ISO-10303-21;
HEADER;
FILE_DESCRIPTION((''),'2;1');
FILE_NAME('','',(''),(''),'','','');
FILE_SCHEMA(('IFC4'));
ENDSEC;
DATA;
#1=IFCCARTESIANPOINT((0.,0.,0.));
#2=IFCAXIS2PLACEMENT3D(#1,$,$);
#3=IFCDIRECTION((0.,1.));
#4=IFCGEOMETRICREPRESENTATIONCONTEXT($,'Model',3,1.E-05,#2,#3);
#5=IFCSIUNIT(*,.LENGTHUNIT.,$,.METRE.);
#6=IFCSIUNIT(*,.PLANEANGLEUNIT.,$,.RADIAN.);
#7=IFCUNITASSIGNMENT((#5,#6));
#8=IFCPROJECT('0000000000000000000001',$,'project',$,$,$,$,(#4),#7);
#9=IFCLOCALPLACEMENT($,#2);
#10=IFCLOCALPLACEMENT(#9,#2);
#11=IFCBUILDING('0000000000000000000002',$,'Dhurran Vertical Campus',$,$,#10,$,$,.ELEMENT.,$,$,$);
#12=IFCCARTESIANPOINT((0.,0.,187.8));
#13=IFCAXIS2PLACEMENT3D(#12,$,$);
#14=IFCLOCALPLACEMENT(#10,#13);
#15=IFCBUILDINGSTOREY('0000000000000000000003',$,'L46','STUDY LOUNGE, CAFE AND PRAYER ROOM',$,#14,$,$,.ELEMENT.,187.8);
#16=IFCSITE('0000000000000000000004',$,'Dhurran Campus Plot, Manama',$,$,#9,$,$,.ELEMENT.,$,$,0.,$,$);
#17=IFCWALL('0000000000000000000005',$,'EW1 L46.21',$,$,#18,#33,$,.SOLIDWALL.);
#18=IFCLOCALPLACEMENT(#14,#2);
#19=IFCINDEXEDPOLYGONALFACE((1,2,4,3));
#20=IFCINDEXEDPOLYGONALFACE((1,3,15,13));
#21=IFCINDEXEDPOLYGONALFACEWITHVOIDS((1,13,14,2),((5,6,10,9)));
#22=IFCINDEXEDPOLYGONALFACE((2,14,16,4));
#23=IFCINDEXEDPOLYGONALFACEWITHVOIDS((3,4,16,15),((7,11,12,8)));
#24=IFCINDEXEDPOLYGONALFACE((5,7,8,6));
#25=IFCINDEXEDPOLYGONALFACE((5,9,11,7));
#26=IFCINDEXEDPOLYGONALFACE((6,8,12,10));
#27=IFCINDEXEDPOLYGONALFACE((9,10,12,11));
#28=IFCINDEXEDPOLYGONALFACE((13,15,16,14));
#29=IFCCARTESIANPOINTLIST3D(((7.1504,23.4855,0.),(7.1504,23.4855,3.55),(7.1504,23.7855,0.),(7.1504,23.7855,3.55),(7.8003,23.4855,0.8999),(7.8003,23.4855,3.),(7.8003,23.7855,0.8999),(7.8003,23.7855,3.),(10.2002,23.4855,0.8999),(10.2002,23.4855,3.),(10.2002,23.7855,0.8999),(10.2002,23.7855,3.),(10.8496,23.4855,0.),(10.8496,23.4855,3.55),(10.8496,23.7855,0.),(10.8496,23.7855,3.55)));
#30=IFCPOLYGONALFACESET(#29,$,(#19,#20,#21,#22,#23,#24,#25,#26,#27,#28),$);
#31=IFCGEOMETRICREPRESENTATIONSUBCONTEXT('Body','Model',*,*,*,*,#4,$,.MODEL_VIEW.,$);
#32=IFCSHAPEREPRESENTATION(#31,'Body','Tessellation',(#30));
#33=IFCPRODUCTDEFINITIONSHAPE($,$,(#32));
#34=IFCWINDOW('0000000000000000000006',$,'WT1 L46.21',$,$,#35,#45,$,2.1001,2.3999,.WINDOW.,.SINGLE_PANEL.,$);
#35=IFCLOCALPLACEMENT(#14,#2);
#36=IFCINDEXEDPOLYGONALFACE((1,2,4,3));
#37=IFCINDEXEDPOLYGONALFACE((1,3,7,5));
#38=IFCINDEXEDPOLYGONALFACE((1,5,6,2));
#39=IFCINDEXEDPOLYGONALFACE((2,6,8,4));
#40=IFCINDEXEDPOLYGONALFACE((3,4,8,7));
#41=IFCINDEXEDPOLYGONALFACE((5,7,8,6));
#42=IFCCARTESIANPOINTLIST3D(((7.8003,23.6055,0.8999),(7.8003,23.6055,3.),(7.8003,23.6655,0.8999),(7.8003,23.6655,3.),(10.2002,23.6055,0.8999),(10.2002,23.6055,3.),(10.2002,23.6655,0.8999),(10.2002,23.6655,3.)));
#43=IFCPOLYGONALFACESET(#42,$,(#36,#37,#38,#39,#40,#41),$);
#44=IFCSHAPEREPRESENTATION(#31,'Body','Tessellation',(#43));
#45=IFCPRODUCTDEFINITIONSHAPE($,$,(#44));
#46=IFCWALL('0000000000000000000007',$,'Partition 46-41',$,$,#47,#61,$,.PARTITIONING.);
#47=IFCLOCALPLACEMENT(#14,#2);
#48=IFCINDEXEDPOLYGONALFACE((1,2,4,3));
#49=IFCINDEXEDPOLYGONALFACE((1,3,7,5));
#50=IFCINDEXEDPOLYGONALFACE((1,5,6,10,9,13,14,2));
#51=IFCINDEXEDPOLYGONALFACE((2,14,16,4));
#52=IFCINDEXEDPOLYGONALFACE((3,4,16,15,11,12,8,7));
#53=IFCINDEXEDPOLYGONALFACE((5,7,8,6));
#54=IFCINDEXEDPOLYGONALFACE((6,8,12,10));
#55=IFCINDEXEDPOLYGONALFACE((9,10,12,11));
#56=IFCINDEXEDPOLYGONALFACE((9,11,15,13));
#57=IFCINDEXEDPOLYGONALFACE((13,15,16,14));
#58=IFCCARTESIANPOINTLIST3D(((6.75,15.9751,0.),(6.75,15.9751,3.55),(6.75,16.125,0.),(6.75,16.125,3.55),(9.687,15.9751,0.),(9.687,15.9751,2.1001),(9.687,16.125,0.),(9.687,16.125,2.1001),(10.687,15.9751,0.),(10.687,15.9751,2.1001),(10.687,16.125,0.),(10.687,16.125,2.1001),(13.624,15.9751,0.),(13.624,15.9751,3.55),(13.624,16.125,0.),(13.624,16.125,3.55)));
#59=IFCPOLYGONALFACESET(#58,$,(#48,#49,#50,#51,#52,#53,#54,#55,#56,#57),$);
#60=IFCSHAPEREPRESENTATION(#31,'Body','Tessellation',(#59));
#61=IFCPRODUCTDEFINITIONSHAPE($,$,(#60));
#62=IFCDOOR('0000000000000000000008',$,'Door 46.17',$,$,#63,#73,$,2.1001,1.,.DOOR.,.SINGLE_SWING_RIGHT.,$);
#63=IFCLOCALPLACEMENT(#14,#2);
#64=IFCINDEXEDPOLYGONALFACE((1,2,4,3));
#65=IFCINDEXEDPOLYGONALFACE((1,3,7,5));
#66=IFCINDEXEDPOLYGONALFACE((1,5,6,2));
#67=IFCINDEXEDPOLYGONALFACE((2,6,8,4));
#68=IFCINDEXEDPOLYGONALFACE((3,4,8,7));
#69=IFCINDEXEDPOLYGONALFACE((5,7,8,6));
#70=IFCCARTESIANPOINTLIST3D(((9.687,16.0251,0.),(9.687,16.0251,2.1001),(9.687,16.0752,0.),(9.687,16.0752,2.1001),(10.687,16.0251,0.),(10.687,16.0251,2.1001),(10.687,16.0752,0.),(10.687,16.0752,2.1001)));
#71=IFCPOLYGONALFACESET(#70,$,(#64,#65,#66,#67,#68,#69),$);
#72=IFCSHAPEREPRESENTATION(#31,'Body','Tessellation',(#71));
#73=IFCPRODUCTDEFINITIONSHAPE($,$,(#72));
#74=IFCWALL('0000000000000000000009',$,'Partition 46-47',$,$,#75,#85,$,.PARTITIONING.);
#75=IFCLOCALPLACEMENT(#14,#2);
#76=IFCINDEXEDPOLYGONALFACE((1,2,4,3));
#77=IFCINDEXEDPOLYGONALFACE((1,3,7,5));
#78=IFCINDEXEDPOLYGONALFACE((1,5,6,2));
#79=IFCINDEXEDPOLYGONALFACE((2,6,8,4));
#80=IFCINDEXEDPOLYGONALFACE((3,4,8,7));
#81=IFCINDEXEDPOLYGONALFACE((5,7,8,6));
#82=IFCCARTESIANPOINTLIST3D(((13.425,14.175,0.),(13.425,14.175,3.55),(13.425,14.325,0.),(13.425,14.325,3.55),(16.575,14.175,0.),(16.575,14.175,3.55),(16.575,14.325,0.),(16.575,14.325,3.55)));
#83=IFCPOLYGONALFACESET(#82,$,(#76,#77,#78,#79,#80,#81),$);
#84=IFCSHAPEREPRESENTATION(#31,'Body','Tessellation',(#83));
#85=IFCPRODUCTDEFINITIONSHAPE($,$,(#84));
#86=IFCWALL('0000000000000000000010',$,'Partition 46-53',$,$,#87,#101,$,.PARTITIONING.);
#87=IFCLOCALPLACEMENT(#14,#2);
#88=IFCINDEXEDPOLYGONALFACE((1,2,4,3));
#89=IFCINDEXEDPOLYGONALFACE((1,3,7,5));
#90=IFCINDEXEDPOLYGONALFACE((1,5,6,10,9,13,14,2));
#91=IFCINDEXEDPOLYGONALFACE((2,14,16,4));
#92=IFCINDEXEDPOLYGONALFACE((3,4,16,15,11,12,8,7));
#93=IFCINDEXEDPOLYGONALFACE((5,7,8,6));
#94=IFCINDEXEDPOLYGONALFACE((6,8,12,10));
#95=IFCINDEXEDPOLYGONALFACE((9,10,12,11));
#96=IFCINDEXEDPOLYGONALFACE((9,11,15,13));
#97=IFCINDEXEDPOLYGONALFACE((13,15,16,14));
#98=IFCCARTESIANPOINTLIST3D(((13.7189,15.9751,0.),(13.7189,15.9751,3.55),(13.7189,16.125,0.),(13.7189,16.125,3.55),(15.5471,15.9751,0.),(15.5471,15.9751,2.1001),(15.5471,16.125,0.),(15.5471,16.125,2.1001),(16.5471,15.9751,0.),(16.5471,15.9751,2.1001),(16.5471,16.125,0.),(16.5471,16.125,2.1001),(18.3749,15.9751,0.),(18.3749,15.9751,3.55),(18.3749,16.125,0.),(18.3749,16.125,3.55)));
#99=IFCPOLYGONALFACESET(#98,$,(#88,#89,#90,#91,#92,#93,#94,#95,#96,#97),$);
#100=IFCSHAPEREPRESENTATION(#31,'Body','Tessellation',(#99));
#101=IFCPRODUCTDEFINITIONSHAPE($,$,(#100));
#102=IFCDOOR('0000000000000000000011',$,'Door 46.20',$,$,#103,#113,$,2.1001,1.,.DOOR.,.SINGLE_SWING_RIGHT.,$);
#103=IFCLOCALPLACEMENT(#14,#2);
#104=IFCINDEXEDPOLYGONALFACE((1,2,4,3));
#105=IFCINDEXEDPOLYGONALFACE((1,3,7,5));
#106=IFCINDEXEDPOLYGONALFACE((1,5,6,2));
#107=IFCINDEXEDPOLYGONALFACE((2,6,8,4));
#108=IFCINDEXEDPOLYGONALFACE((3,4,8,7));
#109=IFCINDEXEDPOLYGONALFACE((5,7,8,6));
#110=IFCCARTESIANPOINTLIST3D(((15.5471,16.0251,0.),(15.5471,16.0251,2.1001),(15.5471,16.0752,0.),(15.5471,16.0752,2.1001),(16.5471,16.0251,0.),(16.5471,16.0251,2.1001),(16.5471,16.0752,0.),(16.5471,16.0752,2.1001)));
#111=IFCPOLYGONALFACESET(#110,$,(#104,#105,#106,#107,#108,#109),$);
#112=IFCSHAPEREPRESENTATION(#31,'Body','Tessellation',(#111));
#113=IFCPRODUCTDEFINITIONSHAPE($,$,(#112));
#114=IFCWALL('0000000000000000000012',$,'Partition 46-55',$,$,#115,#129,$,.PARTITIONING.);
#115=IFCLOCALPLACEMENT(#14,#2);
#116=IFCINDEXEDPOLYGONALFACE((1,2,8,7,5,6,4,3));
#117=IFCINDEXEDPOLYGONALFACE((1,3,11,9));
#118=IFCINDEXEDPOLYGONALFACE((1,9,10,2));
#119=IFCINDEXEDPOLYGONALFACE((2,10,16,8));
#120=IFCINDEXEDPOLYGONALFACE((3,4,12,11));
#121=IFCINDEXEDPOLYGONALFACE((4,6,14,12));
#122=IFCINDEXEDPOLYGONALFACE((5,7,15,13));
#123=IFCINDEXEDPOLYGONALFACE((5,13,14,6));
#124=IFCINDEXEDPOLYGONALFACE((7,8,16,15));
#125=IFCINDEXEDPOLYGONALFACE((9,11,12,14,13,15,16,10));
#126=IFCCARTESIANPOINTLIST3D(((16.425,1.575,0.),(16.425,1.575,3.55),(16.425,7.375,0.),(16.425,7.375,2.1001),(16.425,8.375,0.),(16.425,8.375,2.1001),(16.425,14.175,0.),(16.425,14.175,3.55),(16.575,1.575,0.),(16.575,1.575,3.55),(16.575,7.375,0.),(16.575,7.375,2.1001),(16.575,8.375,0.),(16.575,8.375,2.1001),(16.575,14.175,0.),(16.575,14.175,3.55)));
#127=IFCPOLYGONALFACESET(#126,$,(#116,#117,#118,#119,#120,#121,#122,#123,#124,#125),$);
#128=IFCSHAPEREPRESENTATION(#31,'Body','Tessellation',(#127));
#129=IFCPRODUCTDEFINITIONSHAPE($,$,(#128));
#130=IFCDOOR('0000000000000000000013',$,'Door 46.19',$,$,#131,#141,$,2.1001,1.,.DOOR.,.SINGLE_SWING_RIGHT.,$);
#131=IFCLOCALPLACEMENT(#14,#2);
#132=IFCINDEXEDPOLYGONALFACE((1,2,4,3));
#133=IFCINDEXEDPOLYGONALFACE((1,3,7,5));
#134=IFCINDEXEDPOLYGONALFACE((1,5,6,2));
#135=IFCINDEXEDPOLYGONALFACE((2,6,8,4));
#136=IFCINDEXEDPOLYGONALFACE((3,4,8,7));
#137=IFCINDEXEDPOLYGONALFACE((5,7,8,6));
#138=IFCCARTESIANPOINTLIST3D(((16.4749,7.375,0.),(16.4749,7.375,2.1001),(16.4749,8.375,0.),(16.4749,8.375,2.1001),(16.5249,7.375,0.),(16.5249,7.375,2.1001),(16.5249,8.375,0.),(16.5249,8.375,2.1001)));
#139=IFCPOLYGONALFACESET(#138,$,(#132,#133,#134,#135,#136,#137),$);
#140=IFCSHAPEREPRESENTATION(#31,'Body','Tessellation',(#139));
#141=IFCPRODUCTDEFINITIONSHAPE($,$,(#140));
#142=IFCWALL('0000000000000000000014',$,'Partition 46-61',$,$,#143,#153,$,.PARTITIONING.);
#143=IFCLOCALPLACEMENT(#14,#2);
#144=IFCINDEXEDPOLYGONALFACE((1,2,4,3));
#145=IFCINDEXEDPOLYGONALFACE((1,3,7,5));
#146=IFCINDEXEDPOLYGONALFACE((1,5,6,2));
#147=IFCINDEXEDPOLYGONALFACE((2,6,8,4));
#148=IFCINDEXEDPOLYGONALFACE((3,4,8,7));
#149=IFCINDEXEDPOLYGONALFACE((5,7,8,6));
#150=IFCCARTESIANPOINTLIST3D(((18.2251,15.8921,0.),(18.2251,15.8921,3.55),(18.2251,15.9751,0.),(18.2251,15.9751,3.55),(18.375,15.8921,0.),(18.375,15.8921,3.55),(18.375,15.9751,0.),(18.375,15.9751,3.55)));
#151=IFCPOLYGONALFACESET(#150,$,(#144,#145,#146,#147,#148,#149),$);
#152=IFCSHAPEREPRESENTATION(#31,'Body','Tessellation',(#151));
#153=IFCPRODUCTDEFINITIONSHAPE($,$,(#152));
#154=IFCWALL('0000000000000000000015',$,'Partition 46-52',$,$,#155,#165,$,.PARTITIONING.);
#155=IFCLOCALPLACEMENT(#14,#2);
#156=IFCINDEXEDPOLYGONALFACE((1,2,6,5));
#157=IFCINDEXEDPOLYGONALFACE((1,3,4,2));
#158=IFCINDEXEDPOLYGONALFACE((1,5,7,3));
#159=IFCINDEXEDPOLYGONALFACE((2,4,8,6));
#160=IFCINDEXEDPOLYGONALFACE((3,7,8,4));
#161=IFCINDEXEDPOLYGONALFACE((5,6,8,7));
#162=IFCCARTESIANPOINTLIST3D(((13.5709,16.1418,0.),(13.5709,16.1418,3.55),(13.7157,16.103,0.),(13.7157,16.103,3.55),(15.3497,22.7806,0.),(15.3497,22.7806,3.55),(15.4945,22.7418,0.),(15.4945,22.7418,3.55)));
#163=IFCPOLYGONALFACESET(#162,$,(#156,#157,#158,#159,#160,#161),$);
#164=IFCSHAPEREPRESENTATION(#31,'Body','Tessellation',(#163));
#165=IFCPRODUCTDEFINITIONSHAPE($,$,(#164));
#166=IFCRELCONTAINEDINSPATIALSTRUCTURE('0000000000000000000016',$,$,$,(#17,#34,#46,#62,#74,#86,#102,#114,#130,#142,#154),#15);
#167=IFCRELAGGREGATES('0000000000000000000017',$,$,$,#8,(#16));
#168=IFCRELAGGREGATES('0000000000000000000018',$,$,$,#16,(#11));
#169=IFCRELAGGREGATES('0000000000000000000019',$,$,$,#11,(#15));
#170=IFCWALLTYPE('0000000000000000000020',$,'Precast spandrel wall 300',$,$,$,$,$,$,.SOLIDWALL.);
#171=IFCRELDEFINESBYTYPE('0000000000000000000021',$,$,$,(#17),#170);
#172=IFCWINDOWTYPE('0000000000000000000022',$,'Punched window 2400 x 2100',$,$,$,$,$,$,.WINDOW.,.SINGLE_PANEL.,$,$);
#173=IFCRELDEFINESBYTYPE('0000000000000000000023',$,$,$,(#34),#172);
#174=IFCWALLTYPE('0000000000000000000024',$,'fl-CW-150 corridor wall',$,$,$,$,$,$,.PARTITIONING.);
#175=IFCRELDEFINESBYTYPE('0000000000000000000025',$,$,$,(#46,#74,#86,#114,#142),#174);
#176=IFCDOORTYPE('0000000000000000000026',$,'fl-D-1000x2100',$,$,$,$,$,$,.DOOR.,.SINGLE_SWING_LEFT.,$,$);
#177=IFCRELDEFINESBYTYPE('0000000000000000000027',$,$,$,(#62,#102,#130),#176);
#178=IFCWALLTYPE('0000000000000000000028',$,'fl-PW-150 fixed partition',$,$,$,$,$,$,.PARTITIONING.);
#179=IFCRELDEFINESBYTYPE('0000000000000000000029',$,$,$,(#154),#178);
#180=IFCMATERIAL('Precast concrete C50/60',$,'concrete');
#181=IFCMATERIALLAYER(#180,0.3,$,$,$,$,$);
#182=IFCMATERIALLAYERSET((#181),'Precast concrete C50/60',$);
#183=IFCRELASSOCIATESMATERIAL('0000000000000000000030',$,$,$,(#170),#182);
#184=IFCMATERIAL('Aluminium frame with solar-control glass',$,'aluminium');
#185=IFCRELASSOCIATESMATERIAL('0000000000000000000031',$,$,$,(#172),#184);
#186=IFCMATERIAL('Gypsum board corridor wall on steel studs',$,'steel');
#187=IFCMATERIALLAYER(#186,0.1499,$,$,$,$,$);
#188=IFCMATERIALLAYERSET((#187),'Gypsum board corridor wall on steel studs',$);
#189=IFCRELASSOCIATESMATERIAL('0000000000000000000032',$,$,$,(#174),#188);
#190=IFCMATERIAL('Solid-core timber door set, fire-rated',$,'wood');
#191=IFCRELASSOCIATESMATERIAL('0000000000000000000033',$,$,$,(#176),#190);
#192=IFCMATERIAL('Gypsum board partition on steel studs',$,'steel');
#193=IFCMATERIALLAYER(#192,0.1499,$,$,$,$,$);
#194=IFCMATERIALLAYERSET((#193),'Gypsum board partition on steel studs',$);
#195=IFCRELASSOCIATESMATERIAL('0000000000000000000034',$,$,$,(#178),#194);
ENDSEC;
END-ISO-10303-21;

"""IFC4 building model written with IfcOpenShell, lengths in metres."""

from ifc_helpers import new_model, si_unit, direction, frame, frame_2d, origin, place, context, subcontext, project, spatial, rectangle, extrude, material, layer, layer_set, type_object, element, fill, save


model = new_model("IFC4")

# Units and contexts
model_context = context("Model", 3, precision=1e-05, world=origin(), true_north=direction((0.0, 1.0)))
body_context = subcontext(model_context, "Body", "Model", "MODEL_VIEW")
ifc_project = project(units=[si_unit("LENGTHUNIT", "METRE"), si_unit("PLANEANGLEUNIT", "RADIAN")], contexts=[model_context])

# Site, building, storey
site_placement = place(None, origin())
site = spatial("IfcSite", under=ifc_project, at=site_placement, Name="Dhurran Campus Plot, Manama", CompositionType="ELEMENT", RefElevation=0.0)
building_placement = place(site_placement, origin())
building = spatial("IfcBuilding", under=site, at=building_placement, Name="Dhurran Vertical Campus", CompositionType="ELEMENT")
storey_placement = place(building_placement, frame((0.0, 0.0, 187.8)))
storey = spatial("IfcBuildingStorey", under=building, at=storey_placement, Name="L46", Description="STUDY LOUNGE, CAFE AND PRAYER ROOM", CompositionType="ELEMENT", Elevation=187.8)

# Wall, opening, window
ifc_material_1 = material(Name="Precast concrete C50/60", Category="concrete")
ifc_layer_1 = layer(ifc_material_1, 0.3)
ifc_layer_set_1 = layer_set([ifc_layer_1], Name="Precast concrete C50/60")
wall_type_1 = type_object("IfcWallType", Name="Precast spandrel wall 300", PredefinedType="SOLIDWALL", material=ifc_layer_set_1)
ifc_material_2 = material(Name="Aluminium frame with solar-control glass", Category="aluminium")
window_type = type_object("IfcWindowType", Name="Punched window 2400 x 2100", PartitioningType="SINGLE_PANEL", PredefinedType="WINDOW", material=ifc_material_2)
wall_1_placement = place(storey_placement, frame((10.8496, 23.6355, 0.0), z_axis=(0.0, 0.0, 1.0), x_axis=(-1.0, 0.0, 0.0)))
wall_1 = element("IfcWall", 1, at=wall_1_placement, inside=storey, type_object=wall_type_1, Name="EW1 L46.21", PredefinedType="SOLIDWALL", context=body_context, shape_type="SweptSolid", body=[
    extrude(rectangle(XDim=3.6992, YDim=0.3, at=frame_2d((1.8496, 0.0))), origin(), (0.0, 0.0, 1.0), 3.55),
])
opening_1_placement = place(wall_1_placement, frame((0.6494, 0.0, 0.8999)))
opening_1 = element("IfcOpeningElement", 2, at=opening_1_placement, cuts=wall_1, PredefinedType="OPENING", context=body_context, shape_type="SweptSolid", body=[
    extrude(rectangle(XDim=2.3999, YDim=2.1001, at=frame_2d((1.2, 1.05))), frame((0.0, 0.1599, 0.0), z_axis=(0.0, -1.0, 0.0), x_axis=(1.0, 0.0, 0.0)), (0.0, 0.0, 1.0), 0.3201),
])
window_1_placement = place(opening_1_placement, origin())
window_1 = element("IfcWindow", 3, at=window_1_placement, inside=storey, type_object=window_type, Name="WT1 L46.21", OverallHeight=2.1001, OverallWidth=2.3999, PartitioningType="SINGLE_PANEL", PredefinedType="WINDOW", context=body_context, shape_type="SweptSolid", body=[
    extrude(rectangle(XDim=2.3999, YDim=2.1001, at=frame_2d((1.2, 1.05))), frame((0.0, 0.03, 0.0), z_axis=(0.0, -1.0, 0.0), x_axis=(1.0, 0.0, 0.0)), (0.0, 0.0, 1.0), 0.0601),
])
fill(opening_1, window_1)

# Wall, opening, door
ifc_material_3 = material(Name="Gypsum board corridor wall on steel studs", Category="steel")
ifc_layer_2 = layer(ifc_material_3, 0.1499)
ifc_layer_set_2 = layer_set([ifc_layer_2], Name="Gypsum board corridor wall on steel studs")
wall_type_2 = type_object("IfcWallType", Name="fl-CW-150 corridor wall", PredefinedType="PARTITIONING", material=ifc_layer_set_2)
wall_2_placement = place(storey_placement, frame((13.624, 16.05, 0.0), z_axis=(0.0, 0.0, 1.0), x_axis=(-1.0, 0.0, 0.0)))
wall_2 = element("IfcWall", 4, at=wall_2_placement, inside=storey, type_object=wall_type_2, Name="Partition 46-41", PredefinedType="PARTITIONING", context=body_context, shape_type="SweptSolid", body=[
    extrude(rectangle(XDim=6.874, YDim=0.1499, at=frame_2d((3.437, 0.0))), origin(), (0.0, 0.0, 1.0), 3.55),
])
opening_2_placement = place(wall_2_placement, frame((2.937, 0.0, 0.0)))
opening_2 = element("IfcOpeningElement", 5, at=opening_2_placement, cuts=wall_2, PredefinedType="OPENING", context=body_context, shape_type="SweptSolid", body=[
    extrude(rectangle(XDim=1.0, YDim=2.1001, at=frame_2d((0.5, 1.05))), frame((0.0, 0.085, 0.0), z_axis=(0.0, -1.0, 0.0), x_axis=(1.0, 0.0, 0.0)), (0.0, 0.0, 1.0), 0.1699),
])
ifc_material_4 = material(Name="Solid-core timber door set, fire-rated", Category="wood")
door_type = type_object("IfcDoorType", Name="fl-D-1000x2100", OperationType="SINGLE_SWING_LEFT", PredefinedType="DOOR", material=ifc_material_4)
door_1_placement = place(opening_2_placement, origin())
door_1 = element("IfcDoor", 6, at=door_1_placement, inside=storey, type_object=door_type, Name="Door 46.17", OperationType="SINGLE_SWING_RIGHT", OverallHeight=2.1001, OverallWidth=1.0, PredefinedType="DOOR", context=body_context, shape_type="SweptSolid", body=[
    extrude(rectangle(XDim=1.0, YDim=2.1001, at=frame_2d((0.5, 1.05))), frame((0.0, 0.0249, 0.0), z_axis=(0.0, -1.0, 0.0), x_axis=(1.0, 0.0, 0.0)), (0.0, 0.0, 1.0), 0.05),
])
fill(opening_2, door_1)

# Wall
wall_3_placement = place(storey_placement, frame((13.425, 14.25, 0.0), z_axis=(0.0, 0.0, 1.0), x_axis=(1.0, 0.0, 0.0)))
element("IfcWall", 7, at=wall_3_placement, inside=storey, type_object=wall_type_2, Name="Partition 46-47", PredefinedType="PARTITIONING", context=body_context, shape_type="SweptSolid", body=[
    extrude(rectangle(XDim=3.1499, YDim=0.1499, at=frame_2d((1.575, 0.0))), origin(), (0.0, 0.0, 1.0), 3.55),
])

# Walls, openings, doors
wall_4_placement = place(storey_placement, frame((18.375, 16.05, 0.0), z_axis=(0.0, 0.0, 1.0), x_axis=(-1.0, 0.0, 0.0)))
wall_4 = element("IfcWall", 8, at=wall_4_placement, inside=storey, type_object=wall_type_2, Name="Partition 46-53", PredefinedType="PARTITIONING", context=body_context, shape_type="SweptSolid", body=[
    extrude(rectangle(XDim=4.656, YDim=0.1499, at=frame_2d((2.3281, 0.0))), origin(), (0.0, 0.0, 1.0), 3.55),
])
opening_3_placement = place(wall_4_placement, frame((1.8279, 0.0, 0.0)))
opening_3 = element("IfcOpeningElement", 9, at=opening_3_placement, cuts=wall_4, PredefinedType="OPENING", context=body_context, shape_type="SweptSolid", body=[
    extrude(rectangle(XDim=1.0, YDim=2.1001, at=frame_2d((0.5, 1.05))), frame((0.0, 0.085, 0.0), z_axis=(0.0, -1.0, 0.0), x_axis=(1.0, 0.0, 0.0)), (0.0, 0.0, 1.0), 0.1699),
])
door_2_placement = place(opening_3_placement, origin())
door_2 = element("IfcDoor", 10, at=door_2_placement, inside=storey, type_object=door_type, Name="Door 46.20", OperationType="SINGLE_SWING_RIGHT", OverallHeight=2.1001, OverallWidth=1.0, PredefinedType="DOOR", context=body_context, shape_type="SweptSolid", body=[
    extrude(rectangle(XDim=1.0, YDim=2.1001, at=frame_2d((0.5, 1.05))), frame((0.0, 0.0249, 0.0), z_axis=(0.0, -1.0, 0.0), x_axis=(1.0, 0.0, 0.0)), (0.0, 0.0, 1.0), 0.05),
])
fill(opening_3, door_2)
wall_5_placement = place(storey_placement, frame((16.5, 14.175, 0.0), z_axis=(0.0, 0.0, 1.0), x_axis=(0.0, -1.0, 0.0)))
wall_5 = element("IfcWall", 11, at=wall_5_placement, inside=storey, type_object=wall_type_2, Name="Partition 46-55", PredefinedType="PARTITIONING", context=body_context, shape_type="SweptSolid", body=[
    extrude(rectangle(XDim=12.6001, YDim=0.1499, at=frame_2d((6.3, 0.0))), origin(), (0.0, 0.0, 1.0), 3.55),
])
opening_4_placement = place(wall_5_placement, frame((5.8, 0.0, 0.0)))
opening_4 = element("IfcOpeningElement", 12, at=opening_4_placement, cuts=wall_5, PredefinedType="OPENING", context=body_context, shape_type="SweptSolid", body=[
    extrude(rectangle(XDim=1.0, YDim=2.1001, at=frame_2d((0.5, 1.05))), frame((0.0, 0.085, 0.0), z_axis=(0.0, -1.0, 0.0), x_axis=(1.0, 0.0, 0.0)), (0.0, 0.0, 1.0), 0.1699),
])
door_3_placement = place(opening_4_placement, origin())
door_3 = element("IfcDoor", 13, at=door_3_placement, inside=storey, type_object=door_type, Name="Door 46.19", OperationType="SINGLE_SWING_RIGHT", OverallHeight=2.1001, OverallWidth=1.0, PredefinedType="DOOR", context=body_context, shape_type="SweptSolid", body=[
    extrude(rectangle(XDim=1.0, YDim=2.1001, at=frame_2d((0.5, 1.05))), frame((0.0, 0.0249, 0.0), z_axis=(0.0, -1.0, 0.0), x_axis=(1.0, 0.0, 0.0)), (0.0, 0.0, 1.0), 0.05),
])
fill(opening_4, door_3)

# Walls
wall_6_placement = place(storey_placement, frame((18.3, 15.8921, 0.0), z_axis=(0.0, 0.0, 1.0), x_axis=(0.0, 1.0, 0.0)))
element("IfcWall", 14, at=wall_6_placement, inside=storey, type_object=wall_type_2, Name="Partition 46-61", PredefinedType="PARTITIONING", context=body_context, shape_type="SweptSolid", body=[
    extrude(rectangle(XDim=0.083, YDim=0.1499, at=frame_2d((0.0415, 0.0))), origin(), (0.0, 0.0, 1.0), 3.55),
])
ifc_material_5 = material(Name="Gypsum board partition on steel studs", Category="steel")
ifc_layer_3 = layer(ifc_material_5, 0.1499)
ifc_layer_set_3 = layer_set([ifc_layer_3], Name="Gypsum board partition on steel studs")
wall_type_3 = type_object("IfcWallType", Name="fl-PW-150 fixed partition", PredefinedType="PARTITIONING", material=ifc_layer_set_3)
wall_7_placement = place(storey_placement, frame((15.4221, 22.7612, 0.0), z_axis=(0.0, 0.0, 1.0), x_axis=(-0.258808, -0.965929, 0.0)))
element("IfcWall", 15, at=wall_7_placement, inside=storey, type_object=wall_type_3, Name="Partition 46-52", PredefinedType="PARTITIONING", context=body_context, shape_type="SweptSolid", body=[
    extrude(rectangle(XDim=6.873, YDim=0.1499, at=frame_2d((3.4365, 0.0))), origin(), (0.0, 0.0, 1.0), 3.55),
])

save(model, "model.ifc")
